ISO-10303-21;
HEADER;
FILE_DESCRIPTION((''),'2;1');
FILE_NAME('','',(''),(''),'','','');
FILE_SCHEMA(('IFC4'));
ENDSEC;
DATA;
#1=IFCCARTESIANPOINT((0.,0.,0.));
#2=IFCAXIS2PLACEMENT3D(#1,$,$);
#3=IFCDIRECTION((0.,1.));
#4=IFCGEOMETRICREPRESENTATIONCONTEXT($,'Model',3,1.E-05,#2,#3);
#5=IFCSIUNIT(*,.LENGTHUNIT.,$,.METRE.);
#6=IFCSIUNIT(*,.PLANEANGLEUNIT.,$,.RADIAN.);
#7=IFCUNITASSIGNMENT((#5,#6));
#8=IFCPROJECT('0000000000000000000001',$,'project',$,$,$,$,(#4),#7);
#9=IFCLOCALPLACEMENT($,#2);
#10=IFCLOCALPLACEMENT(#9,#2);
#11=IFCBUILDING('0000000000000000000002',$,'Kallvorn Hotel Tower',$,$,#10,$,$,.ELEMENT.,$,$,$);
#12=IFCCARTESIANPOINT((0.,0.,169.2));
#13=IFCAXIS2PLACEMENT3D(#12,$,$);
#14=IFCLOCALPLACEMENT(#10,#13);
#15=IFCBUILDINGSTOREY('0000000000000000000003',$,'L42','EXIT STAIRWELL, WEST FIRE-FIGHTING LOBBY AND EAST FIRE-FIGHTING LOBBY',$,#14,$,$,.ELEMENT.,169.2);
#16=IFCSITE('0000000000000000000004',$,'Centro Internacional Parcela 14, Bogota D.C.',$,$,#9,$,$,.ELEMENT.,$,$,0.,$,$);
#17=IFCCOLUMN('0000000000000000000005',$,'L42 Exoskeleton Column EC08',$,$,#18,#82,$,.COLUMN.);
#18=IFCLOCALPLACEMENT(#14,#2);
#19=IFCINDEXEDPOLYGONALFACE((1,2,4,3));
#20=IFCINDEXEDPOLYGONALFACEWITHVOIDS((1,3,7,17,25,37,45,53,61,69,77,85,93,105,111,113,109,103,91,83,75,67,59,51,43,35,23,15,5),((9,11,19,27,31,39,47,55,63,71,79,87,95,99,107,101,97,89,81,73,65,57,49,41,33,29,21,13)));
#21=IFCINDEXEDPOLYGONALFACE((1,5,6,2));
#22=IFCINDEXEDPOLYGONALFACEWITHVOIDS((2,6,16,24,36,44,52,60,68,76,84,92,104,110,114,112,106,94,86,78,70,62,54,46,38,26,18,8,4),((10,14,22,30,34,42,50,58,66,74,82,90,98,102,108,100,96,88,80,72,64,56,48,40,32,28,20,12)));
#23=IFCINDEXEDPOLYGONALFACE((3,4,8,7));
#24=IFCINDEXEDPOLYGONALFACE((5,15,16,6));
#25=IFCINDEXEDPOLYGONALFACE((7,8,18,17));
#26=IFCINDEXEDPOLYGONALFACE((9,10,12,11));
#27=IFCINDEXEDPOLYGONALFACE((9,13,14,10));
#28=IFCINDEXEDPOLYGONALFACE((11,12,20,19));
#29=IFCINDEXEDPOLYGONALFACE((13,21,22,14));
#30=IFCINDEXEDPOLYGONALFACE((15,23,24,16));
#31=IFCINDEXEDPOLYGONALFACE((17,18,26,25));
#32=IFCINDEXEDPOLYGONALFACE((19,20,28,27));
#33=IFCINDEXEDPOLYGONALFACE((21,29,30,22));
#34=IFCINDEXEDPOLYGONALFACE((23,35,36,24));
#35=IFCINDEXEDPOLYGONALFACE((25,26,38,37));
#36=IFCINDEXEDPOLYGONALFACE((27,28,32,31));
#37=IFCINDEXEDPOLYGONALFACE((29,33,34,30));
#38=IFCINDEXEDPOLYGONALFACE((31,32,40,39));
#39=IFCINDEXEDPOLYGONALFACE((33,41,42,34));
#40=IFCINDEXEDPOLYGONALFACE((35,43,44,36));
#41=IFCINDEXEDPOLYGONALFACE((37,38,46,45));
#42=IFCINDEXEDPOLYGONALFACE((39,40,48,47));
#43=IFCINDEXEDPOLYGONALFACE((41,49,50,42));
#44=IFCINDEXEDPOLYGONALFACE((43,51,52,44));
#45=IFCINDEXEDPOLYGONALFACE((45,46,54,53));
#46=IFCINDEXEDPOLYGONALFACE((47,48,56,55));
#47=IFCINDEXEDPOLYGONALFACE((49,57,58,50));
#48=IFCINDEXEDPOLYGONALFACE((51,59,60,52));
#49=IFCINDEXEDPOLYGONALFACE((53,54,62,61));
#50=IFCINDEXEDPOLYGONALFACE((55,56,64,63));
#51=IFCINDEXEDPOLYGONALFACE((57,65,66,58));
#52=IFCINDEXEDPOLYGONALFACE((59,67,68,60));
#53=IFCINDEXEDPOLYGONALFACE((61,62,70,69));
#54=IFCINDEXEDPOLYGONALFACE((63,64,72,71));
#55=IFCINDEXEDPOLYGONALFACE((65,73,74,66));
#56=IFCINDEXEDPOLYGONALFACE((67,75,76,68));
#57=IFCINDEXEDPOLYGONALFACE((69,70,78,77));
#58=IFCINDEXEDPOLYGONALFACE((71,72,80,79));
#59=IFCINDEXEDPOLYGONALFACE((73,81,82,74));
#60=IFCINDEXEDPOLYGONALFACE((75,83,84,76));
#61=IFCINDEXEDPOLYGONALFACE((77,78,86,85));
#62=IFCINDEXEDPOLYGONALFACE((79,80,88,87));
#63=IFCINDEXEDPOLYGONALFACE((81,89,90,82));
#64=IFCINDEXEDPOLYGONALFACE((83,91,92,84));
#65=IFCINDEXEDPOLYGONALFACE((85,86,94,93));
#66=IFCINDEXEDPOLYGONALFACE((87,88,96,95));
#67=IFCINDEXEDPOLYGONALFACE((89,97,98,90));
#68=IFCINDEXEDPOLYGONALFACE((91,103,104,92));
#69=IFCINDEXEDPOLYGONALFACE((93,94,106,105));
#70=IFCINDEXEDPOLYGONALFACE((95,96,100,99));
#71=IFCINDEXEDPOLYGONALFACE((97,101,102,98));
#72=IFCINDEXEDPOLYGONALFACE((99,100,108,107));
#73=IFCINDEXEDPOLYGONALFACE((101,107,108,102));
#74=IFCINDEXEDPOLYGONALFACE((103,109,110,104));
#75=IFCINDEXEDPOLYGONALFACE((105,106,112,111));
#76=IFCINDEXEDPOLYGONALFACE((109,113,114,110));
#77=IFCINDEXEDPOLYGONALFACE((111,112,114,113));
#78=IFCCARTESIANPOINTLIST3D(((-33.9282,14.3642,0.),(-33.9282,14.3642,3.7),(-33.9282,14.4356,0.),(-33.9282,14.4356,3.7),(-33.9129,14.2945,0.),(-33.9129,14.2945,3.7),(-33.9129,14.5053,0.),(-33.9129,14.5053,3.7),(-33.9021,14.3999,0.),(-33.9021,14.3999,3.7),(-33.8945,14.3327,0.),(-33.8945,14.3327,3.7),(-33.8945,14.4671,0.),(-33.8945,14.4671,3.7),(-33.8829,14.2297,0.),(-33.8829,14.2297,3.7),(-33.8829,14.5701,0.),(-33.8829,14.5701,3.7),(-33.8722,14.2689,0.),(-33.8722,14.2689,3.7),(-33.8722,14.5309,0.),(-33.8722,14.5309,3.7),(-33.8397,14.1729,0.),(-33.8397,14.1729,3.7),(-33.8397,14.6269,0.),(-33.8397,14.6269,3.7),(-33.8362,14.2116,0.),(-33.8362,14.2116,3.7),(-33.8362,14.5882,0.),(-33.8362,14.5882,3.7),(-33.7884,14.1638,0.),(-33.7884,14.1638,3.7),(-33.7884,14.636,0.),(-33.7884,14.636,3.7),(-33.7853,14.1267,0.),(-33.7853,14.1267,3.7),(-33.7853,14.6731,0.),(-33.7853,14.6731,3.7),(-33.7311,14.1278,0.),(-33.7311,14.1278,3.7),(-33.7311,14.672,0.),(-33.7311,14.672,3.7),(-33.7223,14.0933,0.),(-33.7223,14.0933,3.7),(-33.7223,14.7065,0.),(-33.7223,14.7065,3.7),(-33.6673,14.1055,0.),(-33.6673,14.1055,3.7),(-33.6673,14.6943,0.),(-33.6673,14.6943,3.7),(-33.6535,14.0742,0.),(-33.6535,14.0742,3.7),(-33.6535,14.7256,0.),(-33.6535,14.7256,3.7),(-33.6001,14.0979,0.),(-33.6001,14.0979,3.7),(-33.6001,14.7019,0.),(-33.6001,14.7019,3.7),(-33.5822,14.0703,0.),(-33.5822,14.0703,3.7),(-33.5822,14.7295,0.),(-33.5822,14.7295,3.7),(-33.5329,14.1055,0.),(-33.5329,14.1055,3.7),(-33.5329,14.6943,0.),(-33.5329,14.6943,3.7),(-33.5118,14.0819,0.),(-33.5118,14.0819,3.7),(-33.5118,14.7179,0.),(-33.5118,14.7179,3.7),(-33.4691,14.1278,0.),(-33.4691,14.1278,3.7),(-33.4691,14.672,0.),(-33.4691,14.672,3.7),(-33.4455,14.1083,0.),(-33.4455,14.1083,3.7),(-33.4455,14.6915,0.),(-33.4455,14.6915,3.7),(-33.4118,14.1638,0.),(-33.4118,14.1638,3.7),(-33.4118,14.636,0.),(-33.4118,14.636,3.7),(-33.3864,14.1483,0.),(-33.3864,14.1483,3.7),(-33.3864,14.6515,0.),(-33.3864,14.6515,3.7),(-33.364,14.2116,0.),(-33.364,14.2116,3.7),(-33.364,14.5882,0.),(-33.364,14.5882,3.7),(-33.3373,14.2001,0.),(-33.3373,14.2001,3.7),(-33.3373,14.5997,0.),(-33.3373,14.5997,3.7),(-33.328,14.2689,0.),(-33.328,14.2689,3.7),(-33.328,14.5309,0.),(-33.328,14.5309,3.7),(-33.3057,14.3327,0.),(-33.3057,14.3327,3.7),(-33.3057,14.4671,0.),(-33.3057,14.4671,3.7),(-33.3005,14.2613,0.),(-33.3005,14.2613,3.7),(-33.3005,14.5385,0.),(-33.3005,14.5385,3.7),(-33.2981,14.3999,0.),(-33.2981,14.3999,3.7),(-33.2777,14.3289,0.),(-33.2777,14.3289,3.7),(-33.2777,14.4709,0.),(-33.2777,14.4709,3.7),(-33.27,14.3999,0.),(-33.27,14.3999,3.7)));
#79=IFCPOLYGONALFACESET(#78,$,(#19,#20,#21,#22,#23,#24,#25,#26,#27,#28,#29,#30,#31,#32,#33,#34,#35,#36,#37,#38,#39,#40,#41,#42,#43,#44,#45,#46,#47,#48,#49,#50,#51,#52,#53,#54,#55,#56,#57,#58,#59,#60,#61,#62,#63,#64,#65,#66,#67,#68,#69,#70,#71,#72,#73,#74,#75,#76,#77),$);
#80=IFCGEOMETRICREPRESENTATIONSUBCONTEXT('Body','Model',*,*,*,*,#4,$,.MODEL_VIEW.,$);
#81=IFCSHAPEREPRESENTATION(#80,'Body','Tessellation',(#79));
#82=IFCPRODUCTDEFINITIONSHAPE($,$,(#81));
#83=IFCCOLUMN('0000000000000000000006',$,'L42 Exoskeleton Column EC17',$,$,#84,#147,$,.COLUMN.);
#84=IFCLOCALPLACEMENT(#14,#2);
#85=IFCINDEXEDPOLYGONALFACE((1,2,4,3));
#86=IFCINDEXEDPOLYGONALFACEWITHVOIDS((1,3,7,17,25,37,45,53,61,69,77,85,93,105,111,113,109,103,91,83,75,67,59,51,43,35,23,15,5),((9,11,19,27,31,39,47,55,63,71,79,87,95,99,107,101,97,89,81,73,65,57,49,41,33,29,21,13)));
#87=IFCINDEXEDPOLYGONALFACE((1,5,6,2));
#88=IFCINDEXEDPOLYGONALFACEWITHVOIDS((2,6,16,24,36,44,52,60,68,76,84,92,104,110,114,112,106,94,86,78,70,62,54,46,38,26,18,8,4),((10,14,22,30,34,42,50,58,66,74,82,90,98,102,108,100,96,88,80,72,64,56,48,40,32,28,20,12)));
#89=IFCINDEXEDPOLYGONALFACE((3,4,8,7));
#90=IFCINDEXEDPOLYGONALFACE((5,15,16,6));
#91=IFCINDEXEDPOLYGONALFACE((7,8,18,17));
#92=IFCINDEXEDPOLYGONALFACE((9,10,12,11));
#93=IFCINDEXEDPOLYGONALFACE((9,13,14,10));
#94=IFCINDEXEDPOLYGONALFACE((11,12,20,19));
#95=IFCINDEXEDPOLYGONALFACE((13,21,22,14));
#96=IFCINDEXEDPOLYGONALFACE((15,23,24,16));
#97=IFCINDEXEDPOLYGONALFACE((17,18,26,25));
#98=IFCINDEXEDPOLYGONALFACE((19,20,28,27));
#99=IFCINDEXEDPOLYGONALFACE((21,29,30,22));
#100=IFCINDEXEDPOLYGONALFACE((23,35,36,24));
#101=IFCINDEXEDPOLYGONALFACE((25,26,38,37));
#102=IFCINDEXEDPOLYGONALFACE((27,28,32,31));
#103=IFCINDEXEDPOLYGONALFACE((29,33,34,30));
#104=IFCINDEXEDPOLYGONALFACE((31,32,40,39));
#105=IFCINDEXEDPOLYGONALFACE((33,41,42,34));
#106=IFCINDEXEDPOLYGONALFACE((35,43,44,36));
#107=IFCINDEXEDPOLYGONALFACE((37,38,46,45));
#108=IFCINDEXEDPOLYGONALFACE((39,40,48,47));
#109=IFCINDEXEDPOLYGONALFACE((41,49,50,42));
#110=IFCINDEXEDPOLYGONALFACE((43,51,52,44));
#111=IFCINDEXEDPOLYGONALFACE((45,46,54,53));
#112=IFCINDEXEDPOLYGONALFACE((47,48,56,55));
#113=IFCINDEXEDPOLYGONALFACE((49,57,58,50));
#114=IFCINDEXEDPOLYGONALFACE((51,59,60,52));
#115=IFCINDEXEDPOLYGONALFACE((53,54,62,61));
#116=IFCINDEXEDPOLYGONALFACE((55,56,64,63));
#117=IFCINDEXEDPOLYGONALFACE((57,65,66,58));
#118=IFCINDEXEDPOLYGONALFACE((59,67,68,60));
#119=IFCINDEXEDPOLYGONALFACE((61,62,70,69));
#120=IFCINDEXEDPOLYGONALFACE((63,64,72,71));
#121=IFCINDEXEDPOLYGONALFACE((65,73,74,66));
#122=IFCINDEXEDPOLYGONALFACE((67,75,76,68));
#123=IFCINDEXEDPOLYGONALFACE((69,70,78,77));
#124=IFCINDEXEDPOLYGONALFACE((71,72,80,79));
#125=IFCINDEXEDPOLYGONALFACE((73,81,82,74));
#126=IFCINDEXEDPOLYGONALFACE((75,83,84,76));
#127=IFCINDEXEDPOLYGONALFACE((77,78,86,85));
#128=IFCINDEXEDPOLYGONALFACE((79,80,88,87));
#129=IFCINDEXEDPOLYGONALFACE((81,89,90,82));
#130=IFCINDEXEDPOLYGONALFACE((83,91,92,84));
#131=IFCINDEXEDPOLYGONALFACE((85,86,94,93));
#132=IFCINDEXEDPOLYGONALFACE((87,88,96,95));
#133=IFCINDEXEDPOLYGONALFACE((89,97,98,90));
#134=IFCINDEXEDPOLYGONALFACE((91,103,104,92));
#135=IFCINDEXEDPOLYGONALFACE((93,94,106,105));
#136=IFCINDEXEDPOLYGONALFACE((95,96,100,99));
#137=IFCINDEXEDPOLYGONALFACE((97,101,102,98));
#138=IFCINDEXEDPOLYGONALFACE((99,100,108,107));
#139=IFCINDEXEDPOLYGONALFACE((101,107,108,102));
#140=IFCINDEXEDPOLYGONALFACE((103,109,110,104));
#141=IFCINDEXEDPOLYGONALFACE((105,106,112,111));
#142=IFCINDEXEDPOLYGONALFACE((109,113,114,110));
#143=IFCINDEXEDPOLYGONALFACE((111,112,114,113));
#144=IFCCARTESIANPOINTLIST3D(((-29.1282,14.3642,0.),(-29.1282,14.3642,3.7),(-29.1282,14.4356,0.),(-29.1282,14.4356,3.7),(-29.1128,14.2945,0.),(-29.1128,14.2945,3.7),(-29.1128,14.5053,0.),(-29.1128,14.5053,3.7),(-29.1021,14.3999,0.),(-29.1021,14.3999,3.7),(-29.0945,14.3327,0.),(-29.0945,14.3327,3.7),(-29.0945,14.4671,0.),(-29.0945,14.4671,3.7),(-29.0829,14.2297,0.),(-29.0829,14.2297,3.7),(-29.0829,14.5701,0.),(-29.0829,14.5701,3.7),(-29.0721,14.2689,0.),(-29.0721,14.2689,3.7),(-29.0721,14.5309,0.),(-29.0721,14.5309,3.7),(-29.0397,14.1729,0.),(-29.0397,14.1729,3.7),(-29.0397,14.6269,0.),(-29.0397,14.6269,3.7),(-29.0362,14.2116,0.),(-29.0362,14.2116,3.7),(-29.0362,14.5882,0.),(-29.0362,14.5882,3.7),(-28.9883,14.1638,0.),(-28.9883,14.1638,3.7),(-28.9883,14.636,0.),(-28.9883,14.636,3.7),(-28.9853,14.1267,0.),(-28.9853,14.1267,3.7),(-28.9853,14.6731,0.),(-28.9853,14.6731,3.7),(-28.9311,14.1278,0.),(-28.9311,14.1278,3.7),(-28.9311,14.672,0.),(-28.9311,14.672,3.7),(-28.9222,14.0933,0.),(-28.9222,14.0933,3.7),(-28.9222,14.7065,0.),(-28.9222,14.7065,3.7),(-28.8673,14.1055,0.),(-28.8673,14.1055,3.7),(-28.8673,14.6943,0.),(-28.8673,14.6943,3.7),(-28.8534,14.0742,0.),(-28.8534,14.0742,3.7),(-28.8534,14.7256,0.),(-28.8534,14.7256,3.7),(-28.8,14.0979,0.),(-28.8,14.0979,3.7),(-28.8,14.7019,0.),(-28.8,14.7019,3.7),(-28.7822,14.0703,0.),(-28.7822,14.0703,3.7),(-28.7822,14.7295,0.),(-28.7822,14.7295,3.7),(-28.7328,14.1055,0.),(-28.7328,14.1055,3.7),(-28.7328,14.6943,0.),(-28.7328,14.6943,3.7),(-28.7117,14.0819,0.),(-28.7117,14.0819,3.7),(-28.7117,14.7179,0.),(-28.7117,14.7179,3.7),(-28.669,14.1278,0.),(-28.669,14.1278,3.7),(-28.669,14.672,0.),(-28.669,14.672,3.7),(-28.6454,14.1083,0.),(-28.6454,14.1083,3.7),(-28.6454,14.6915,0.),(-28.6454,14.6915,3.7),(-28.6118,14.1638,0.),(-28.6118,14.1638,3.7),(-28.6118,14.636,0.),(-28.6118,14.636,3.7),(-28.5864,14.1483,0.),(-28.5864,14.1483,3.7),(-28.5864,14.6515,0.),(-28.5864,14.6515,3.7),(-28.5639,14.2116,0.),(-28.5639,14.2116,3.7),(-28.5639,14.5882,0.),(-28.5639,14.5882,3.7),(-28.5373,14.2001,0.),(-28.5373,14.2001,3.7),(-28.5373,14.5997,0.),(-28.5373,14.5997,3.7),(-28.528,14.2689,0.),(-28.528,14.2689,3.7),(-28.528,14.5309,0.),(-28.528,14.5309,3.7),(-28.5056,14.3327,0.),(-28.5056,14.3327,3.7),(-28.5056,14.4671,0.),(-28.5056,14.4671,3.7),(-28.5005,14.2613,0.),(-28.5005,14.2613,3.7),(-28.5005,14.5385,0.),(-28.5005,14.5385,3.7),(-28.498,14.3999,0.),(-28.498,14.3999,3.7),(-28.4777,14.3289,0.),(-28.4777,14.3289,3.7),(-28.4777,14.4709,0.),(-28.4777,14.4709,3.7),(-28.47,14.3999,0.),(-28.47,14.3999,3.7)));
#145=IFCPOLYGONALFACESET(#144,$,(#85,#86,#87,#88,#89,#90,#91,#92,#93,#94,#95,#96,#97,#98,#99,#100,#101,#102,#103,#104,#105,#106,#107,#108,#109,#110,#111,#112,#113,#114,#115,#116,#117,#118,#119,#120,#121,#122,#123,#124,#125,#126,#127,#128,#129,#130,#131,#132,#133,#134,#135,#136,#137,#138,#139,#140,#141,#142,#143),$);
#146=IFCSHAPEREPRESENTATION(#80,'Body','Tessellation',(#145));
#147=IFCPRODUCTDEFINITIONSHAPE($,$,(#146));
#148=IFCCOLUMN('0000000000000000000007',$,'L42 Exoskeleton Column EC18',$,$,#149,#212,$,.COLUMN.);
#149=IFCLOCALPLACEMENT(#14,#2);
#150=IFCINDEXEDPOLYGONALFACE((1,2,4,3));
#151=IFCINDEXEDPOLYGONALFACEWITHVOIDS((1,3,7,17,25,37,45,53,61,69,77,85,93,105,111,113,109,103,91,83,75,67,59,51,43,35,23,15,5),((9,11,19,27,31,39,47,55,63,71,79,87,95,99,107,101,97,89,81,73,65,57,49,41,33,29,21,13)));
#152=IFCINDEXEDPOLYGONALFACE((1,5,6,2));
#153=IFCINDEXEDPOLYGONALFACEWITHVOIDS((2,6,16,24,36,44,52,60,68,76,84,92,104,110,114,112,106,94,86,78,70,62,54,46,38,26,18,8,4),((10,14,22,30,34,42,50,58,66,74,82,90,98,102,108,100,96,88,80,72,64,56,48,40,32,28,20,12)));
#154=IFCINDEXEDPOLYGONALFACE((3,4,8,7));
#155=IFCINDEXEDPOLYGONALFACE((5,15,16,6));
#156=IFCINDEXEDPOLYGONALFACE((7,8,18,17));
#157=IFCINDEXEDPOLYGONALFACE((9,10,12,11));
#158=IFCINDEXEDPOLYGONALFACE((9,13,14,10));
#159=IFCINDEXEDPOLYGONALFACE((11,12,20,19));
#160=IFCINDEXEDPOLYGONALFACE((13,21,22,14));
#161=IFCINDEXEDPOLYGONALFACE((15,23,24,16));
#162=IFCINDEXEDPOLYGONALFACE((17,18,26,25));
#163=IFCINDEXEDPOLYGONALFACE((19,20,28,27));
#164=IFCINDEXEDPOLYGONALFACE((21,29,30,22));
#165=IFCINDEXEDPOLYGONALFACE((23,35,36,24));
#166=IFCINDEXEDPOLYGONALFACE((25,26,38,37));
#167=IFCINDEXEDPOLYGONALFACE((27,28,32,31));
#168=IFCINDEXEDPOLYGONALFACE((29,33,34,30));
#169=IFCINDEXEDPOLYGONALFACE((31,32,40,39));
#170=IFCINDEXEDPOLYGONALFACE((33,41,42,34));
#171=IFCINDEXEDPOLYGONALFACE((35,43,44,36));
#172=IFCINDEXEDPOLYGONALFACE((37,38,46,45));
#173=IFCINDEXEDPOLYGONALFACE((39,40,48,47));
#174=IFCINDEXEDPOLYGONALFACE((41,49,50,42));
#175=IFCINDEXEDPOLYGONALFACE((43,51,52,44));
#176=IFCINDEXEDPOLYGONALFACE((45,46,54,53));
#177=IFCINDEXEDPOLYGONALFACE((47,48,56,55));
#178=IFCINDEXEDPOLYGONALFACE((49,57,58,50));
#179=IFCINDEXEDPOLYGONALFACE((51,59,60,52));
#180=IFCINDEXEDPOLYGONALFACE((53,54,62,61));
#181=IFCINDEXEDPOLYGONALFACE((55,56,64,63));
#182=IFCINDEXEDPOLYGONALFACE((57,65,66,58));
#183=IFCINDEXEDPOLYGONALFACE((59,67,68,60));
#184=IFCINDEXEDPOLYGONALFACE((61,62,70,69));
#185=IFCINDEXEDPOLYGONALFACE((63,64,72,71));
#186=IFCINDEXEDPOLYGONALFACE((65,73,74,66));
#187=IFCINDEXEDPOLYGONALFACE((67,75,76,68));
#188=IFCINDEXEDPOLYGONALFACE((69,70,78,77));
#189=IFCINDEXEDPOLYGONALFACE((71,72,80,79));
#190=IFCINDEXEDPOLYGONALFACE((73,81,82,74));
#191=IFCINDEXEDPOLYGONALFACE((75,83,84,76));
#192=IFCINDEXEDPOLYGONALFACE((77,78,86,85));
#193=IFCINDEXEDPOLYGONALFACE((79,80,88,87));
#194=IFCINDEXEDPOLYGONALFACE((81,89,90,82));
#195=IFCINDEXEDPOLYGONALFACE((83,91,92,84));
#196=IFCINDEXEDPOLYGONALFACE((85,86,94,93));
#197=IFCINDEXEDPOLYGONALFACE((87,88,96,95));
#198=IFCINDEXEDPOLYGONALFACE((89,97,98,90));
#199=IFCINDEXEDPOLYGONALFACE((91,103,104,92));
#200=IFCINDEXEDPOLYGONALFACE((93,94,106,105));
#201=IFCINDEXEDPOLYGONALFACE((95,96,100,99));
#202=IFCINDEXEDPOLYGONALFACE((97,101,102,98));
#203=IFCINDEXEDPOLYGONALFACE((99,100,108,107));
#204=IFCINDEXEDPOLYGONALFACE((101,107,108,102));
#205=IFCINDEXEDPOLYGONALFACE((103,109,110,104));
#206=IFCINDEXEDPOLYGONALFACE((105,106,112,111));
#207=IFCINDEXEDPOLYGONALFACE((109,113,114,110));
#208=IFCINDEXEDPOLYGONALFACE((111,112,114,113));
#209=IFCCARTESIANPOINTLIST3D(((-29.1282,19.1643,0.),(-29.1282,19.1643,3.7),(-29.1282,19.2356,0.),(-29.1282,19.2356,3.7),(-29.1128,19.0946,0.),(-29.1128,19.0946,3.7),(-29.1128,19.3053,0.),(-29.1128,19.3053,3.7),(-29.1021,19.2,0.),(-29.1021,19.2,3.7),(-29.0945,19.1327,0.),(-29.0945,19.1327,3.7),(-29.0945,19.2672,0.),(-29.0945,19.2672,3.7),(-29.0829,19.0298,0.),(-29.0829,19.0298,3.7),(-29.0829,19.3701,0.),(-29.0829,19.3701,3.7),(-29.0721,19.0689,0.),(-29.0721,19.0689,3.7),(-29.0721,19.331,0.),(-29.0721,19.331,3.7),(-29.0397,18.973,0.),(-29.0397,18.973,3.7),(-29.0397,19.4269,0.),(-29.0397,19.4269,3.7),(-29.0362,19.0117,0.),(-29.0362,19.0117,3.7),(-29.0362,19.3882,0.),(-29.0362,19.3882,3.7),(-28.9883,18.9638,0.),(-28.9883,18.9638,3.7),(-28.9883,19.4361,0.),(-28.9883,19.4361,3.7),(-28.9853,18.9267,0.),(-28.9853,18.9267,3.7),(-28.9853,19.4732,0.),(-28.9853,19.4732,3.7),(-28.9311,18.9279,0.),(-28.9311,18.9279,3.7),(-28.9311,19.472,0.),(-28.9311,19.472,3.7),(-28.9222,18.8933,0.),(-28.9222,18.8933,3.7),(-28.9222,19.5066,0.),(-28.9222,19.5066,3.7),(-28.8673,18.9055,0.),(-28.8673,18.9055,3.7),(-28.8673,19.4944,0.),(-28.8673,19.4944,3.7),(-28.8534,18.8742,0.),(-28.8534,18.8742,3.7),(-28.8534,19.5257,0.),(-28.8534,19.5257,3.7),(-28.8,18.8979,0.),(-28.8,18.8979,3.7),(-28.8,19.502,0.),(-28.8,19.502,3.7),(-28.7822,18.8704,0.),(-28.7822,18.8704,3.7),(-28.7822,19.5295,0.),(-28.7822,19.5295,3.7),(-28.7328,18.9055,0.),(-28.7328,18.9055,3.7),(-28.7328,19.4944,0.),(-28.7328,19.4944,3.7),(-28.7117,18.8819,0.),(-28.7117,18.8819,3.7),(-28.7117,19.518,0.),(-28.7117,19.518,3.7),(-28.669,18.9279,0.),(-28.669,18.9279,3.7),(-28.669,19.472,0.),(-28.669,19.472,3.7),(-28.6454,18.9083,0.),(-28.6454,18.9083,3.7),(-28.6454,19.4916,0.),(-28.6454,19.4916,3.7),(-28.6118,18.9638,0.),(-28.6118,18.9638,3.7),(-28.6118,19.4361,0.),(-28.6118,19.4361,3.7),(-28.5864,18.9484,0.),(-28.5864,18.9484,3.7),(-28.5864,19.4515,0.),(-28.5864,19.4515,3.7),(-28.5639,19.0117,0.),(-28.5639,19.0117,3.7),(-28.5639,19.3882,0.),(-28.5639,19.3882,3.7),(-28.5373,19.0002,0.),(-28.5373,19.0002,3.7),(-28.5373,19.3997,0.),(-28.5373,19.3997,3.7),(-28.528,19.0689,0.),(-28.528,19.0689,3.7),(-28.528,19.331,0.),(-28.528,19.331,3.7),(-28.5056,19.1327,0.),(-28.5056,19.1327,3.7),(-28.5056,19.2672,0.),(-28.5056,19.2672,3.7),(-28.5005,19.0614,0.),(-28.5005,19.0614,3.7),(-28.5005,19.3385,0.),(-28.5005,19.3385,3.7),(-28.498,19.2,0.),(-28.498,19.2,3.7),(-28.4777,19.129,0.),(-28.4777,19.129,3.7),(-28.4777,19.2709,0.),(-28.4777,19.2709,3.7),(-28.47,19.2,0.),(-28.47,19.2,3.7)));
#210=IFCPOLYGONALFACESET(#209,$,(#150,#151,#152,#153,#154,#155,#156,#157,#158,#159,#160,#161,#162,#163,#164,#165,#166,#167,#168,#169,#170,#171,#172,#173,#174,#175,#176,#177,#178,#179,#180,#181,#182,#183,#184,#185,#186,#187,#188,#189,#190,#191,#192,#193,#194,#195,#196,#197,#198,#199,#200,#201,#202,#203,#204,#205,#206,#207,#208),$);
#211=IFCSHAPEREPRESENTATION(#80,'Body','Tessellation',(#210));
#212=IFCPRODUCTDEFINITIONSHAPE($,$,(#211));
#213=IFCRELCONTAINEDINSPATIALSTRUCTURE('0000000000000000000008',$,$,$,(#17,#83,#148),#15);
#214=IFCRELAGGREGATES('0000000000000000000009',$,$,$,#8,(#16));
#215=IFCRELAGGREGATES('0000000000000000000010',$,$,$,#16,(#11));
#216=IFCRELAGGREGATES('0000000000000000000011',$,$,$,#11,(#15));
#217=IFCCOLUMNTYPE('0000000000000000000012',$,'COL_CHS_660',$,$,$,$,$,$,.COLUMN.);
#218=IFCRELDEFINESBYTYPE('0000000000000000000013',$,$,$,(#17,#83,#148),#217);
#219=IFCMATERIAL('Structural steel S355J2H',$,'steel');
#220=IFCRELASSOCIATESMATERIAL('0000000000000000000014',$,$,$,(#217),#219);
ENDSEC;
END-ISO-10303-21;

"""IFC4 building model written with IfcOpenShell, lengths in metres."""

from ifc_helpers import new_model, si_unit, direction, frame, origin, origin_2d, place, context, subcontext, project, spatial, hollow_circle, extrude, material, material_profile, profile_set, type_object, element, save


model = new_model("IFC4")

# Units and contexts
model_context = context("Model", 3, precision=1e-05, world=origin(), true_north=direction((0.0, 1.0)))
body_context = subcontext(model_context, "Body", "Model", "MODEL_VIEW")
ifc_project = project(units=[si_unit("LENGTHUNIT", "METRE"), si_unit("PLANEANGLEUNIT", "RADIAN")], contexts=[model_context])

# Site, building, storey
site_placement = place(None, origin())
site = spatial("IfcSite", under=ifc_project, at=site_placement, Name="Centro Internacional Parcela 14, Bogota D.C.", CompositionType="ELEMENT", RefElevation=0.0)
building_placement = place(site_placement, origin())
building = spatial("IfcBuilding", under=site, at=building_placement, Name="Kallvorn Hotel Tower", CompositionType="ELEMENT")
storey_placement = place(building_placement, frame((0.0, 0.0, 169.2)))
storey = spatial("IfcBuildingStorey", under=building, at=storey_placement, Name="L42", Description="EXIT STAIRWELL, WEST FIRE-FIGHTING LOBBY AND EAST FIRE-FIGHTING LOBBY", CompositionType="ELEMENT", Elevation=169.2)

# Columns
ifc_material_1 = material(Name="Structural steel S355J2H", Category="steel")
ifc_material_profile_1 = material_profile(ifc_material_1, hollow_circle(Radius=0.3301, WallThickness=0.0281, at=origin_2d()), Name="CHS 660x28")
ifc_profile_set_1 = profile_set([ifc_material_profile_1], Name="Structural steel S355J2H")
column_type_1 = type_object("IfcColumnType", Name="COL_CHS_660", PredefinedType="COLUMN", material=ifc_profile_set_1)
for number, where, z_axis, x_axis, name in (
    (1, (-33.6001, 14.3999, 0.0), (0.0, 0.0, 1.0), (1.0, 0.0, 0.0), "L42 Exoskeleton Column EC08"),
    (2, (-28.8, 14.3999, 0.0), (0.0, 0.0, 1.0), (1.0, 0.0, 0.0), "L42 Exoskeleton Column EC17"),
    (3, (-28.8, 19.2, 0.0), (0.0, 0.0, 1.0), (1.0, 0.0, 0.0), "L42 Exoskeleton Column EC18"),
):
    element("IfcColumn", number, at=place(storey_placement, frame(where, z_axis=z_axis, x_axis=x_axis)), inside=storey, type_object=column_type_1, Name=name, PredefinedType="COLUMN", context=body_context, shape_type="SweptSolid", body=[
        extrude(hollow_circle(Radius=0.3301, WallThickness=0.0281, at=origin_2d()), origin(), (0.0, 0.0, 1.0), 3.7),
    ])

save(model, "model.ifc")
